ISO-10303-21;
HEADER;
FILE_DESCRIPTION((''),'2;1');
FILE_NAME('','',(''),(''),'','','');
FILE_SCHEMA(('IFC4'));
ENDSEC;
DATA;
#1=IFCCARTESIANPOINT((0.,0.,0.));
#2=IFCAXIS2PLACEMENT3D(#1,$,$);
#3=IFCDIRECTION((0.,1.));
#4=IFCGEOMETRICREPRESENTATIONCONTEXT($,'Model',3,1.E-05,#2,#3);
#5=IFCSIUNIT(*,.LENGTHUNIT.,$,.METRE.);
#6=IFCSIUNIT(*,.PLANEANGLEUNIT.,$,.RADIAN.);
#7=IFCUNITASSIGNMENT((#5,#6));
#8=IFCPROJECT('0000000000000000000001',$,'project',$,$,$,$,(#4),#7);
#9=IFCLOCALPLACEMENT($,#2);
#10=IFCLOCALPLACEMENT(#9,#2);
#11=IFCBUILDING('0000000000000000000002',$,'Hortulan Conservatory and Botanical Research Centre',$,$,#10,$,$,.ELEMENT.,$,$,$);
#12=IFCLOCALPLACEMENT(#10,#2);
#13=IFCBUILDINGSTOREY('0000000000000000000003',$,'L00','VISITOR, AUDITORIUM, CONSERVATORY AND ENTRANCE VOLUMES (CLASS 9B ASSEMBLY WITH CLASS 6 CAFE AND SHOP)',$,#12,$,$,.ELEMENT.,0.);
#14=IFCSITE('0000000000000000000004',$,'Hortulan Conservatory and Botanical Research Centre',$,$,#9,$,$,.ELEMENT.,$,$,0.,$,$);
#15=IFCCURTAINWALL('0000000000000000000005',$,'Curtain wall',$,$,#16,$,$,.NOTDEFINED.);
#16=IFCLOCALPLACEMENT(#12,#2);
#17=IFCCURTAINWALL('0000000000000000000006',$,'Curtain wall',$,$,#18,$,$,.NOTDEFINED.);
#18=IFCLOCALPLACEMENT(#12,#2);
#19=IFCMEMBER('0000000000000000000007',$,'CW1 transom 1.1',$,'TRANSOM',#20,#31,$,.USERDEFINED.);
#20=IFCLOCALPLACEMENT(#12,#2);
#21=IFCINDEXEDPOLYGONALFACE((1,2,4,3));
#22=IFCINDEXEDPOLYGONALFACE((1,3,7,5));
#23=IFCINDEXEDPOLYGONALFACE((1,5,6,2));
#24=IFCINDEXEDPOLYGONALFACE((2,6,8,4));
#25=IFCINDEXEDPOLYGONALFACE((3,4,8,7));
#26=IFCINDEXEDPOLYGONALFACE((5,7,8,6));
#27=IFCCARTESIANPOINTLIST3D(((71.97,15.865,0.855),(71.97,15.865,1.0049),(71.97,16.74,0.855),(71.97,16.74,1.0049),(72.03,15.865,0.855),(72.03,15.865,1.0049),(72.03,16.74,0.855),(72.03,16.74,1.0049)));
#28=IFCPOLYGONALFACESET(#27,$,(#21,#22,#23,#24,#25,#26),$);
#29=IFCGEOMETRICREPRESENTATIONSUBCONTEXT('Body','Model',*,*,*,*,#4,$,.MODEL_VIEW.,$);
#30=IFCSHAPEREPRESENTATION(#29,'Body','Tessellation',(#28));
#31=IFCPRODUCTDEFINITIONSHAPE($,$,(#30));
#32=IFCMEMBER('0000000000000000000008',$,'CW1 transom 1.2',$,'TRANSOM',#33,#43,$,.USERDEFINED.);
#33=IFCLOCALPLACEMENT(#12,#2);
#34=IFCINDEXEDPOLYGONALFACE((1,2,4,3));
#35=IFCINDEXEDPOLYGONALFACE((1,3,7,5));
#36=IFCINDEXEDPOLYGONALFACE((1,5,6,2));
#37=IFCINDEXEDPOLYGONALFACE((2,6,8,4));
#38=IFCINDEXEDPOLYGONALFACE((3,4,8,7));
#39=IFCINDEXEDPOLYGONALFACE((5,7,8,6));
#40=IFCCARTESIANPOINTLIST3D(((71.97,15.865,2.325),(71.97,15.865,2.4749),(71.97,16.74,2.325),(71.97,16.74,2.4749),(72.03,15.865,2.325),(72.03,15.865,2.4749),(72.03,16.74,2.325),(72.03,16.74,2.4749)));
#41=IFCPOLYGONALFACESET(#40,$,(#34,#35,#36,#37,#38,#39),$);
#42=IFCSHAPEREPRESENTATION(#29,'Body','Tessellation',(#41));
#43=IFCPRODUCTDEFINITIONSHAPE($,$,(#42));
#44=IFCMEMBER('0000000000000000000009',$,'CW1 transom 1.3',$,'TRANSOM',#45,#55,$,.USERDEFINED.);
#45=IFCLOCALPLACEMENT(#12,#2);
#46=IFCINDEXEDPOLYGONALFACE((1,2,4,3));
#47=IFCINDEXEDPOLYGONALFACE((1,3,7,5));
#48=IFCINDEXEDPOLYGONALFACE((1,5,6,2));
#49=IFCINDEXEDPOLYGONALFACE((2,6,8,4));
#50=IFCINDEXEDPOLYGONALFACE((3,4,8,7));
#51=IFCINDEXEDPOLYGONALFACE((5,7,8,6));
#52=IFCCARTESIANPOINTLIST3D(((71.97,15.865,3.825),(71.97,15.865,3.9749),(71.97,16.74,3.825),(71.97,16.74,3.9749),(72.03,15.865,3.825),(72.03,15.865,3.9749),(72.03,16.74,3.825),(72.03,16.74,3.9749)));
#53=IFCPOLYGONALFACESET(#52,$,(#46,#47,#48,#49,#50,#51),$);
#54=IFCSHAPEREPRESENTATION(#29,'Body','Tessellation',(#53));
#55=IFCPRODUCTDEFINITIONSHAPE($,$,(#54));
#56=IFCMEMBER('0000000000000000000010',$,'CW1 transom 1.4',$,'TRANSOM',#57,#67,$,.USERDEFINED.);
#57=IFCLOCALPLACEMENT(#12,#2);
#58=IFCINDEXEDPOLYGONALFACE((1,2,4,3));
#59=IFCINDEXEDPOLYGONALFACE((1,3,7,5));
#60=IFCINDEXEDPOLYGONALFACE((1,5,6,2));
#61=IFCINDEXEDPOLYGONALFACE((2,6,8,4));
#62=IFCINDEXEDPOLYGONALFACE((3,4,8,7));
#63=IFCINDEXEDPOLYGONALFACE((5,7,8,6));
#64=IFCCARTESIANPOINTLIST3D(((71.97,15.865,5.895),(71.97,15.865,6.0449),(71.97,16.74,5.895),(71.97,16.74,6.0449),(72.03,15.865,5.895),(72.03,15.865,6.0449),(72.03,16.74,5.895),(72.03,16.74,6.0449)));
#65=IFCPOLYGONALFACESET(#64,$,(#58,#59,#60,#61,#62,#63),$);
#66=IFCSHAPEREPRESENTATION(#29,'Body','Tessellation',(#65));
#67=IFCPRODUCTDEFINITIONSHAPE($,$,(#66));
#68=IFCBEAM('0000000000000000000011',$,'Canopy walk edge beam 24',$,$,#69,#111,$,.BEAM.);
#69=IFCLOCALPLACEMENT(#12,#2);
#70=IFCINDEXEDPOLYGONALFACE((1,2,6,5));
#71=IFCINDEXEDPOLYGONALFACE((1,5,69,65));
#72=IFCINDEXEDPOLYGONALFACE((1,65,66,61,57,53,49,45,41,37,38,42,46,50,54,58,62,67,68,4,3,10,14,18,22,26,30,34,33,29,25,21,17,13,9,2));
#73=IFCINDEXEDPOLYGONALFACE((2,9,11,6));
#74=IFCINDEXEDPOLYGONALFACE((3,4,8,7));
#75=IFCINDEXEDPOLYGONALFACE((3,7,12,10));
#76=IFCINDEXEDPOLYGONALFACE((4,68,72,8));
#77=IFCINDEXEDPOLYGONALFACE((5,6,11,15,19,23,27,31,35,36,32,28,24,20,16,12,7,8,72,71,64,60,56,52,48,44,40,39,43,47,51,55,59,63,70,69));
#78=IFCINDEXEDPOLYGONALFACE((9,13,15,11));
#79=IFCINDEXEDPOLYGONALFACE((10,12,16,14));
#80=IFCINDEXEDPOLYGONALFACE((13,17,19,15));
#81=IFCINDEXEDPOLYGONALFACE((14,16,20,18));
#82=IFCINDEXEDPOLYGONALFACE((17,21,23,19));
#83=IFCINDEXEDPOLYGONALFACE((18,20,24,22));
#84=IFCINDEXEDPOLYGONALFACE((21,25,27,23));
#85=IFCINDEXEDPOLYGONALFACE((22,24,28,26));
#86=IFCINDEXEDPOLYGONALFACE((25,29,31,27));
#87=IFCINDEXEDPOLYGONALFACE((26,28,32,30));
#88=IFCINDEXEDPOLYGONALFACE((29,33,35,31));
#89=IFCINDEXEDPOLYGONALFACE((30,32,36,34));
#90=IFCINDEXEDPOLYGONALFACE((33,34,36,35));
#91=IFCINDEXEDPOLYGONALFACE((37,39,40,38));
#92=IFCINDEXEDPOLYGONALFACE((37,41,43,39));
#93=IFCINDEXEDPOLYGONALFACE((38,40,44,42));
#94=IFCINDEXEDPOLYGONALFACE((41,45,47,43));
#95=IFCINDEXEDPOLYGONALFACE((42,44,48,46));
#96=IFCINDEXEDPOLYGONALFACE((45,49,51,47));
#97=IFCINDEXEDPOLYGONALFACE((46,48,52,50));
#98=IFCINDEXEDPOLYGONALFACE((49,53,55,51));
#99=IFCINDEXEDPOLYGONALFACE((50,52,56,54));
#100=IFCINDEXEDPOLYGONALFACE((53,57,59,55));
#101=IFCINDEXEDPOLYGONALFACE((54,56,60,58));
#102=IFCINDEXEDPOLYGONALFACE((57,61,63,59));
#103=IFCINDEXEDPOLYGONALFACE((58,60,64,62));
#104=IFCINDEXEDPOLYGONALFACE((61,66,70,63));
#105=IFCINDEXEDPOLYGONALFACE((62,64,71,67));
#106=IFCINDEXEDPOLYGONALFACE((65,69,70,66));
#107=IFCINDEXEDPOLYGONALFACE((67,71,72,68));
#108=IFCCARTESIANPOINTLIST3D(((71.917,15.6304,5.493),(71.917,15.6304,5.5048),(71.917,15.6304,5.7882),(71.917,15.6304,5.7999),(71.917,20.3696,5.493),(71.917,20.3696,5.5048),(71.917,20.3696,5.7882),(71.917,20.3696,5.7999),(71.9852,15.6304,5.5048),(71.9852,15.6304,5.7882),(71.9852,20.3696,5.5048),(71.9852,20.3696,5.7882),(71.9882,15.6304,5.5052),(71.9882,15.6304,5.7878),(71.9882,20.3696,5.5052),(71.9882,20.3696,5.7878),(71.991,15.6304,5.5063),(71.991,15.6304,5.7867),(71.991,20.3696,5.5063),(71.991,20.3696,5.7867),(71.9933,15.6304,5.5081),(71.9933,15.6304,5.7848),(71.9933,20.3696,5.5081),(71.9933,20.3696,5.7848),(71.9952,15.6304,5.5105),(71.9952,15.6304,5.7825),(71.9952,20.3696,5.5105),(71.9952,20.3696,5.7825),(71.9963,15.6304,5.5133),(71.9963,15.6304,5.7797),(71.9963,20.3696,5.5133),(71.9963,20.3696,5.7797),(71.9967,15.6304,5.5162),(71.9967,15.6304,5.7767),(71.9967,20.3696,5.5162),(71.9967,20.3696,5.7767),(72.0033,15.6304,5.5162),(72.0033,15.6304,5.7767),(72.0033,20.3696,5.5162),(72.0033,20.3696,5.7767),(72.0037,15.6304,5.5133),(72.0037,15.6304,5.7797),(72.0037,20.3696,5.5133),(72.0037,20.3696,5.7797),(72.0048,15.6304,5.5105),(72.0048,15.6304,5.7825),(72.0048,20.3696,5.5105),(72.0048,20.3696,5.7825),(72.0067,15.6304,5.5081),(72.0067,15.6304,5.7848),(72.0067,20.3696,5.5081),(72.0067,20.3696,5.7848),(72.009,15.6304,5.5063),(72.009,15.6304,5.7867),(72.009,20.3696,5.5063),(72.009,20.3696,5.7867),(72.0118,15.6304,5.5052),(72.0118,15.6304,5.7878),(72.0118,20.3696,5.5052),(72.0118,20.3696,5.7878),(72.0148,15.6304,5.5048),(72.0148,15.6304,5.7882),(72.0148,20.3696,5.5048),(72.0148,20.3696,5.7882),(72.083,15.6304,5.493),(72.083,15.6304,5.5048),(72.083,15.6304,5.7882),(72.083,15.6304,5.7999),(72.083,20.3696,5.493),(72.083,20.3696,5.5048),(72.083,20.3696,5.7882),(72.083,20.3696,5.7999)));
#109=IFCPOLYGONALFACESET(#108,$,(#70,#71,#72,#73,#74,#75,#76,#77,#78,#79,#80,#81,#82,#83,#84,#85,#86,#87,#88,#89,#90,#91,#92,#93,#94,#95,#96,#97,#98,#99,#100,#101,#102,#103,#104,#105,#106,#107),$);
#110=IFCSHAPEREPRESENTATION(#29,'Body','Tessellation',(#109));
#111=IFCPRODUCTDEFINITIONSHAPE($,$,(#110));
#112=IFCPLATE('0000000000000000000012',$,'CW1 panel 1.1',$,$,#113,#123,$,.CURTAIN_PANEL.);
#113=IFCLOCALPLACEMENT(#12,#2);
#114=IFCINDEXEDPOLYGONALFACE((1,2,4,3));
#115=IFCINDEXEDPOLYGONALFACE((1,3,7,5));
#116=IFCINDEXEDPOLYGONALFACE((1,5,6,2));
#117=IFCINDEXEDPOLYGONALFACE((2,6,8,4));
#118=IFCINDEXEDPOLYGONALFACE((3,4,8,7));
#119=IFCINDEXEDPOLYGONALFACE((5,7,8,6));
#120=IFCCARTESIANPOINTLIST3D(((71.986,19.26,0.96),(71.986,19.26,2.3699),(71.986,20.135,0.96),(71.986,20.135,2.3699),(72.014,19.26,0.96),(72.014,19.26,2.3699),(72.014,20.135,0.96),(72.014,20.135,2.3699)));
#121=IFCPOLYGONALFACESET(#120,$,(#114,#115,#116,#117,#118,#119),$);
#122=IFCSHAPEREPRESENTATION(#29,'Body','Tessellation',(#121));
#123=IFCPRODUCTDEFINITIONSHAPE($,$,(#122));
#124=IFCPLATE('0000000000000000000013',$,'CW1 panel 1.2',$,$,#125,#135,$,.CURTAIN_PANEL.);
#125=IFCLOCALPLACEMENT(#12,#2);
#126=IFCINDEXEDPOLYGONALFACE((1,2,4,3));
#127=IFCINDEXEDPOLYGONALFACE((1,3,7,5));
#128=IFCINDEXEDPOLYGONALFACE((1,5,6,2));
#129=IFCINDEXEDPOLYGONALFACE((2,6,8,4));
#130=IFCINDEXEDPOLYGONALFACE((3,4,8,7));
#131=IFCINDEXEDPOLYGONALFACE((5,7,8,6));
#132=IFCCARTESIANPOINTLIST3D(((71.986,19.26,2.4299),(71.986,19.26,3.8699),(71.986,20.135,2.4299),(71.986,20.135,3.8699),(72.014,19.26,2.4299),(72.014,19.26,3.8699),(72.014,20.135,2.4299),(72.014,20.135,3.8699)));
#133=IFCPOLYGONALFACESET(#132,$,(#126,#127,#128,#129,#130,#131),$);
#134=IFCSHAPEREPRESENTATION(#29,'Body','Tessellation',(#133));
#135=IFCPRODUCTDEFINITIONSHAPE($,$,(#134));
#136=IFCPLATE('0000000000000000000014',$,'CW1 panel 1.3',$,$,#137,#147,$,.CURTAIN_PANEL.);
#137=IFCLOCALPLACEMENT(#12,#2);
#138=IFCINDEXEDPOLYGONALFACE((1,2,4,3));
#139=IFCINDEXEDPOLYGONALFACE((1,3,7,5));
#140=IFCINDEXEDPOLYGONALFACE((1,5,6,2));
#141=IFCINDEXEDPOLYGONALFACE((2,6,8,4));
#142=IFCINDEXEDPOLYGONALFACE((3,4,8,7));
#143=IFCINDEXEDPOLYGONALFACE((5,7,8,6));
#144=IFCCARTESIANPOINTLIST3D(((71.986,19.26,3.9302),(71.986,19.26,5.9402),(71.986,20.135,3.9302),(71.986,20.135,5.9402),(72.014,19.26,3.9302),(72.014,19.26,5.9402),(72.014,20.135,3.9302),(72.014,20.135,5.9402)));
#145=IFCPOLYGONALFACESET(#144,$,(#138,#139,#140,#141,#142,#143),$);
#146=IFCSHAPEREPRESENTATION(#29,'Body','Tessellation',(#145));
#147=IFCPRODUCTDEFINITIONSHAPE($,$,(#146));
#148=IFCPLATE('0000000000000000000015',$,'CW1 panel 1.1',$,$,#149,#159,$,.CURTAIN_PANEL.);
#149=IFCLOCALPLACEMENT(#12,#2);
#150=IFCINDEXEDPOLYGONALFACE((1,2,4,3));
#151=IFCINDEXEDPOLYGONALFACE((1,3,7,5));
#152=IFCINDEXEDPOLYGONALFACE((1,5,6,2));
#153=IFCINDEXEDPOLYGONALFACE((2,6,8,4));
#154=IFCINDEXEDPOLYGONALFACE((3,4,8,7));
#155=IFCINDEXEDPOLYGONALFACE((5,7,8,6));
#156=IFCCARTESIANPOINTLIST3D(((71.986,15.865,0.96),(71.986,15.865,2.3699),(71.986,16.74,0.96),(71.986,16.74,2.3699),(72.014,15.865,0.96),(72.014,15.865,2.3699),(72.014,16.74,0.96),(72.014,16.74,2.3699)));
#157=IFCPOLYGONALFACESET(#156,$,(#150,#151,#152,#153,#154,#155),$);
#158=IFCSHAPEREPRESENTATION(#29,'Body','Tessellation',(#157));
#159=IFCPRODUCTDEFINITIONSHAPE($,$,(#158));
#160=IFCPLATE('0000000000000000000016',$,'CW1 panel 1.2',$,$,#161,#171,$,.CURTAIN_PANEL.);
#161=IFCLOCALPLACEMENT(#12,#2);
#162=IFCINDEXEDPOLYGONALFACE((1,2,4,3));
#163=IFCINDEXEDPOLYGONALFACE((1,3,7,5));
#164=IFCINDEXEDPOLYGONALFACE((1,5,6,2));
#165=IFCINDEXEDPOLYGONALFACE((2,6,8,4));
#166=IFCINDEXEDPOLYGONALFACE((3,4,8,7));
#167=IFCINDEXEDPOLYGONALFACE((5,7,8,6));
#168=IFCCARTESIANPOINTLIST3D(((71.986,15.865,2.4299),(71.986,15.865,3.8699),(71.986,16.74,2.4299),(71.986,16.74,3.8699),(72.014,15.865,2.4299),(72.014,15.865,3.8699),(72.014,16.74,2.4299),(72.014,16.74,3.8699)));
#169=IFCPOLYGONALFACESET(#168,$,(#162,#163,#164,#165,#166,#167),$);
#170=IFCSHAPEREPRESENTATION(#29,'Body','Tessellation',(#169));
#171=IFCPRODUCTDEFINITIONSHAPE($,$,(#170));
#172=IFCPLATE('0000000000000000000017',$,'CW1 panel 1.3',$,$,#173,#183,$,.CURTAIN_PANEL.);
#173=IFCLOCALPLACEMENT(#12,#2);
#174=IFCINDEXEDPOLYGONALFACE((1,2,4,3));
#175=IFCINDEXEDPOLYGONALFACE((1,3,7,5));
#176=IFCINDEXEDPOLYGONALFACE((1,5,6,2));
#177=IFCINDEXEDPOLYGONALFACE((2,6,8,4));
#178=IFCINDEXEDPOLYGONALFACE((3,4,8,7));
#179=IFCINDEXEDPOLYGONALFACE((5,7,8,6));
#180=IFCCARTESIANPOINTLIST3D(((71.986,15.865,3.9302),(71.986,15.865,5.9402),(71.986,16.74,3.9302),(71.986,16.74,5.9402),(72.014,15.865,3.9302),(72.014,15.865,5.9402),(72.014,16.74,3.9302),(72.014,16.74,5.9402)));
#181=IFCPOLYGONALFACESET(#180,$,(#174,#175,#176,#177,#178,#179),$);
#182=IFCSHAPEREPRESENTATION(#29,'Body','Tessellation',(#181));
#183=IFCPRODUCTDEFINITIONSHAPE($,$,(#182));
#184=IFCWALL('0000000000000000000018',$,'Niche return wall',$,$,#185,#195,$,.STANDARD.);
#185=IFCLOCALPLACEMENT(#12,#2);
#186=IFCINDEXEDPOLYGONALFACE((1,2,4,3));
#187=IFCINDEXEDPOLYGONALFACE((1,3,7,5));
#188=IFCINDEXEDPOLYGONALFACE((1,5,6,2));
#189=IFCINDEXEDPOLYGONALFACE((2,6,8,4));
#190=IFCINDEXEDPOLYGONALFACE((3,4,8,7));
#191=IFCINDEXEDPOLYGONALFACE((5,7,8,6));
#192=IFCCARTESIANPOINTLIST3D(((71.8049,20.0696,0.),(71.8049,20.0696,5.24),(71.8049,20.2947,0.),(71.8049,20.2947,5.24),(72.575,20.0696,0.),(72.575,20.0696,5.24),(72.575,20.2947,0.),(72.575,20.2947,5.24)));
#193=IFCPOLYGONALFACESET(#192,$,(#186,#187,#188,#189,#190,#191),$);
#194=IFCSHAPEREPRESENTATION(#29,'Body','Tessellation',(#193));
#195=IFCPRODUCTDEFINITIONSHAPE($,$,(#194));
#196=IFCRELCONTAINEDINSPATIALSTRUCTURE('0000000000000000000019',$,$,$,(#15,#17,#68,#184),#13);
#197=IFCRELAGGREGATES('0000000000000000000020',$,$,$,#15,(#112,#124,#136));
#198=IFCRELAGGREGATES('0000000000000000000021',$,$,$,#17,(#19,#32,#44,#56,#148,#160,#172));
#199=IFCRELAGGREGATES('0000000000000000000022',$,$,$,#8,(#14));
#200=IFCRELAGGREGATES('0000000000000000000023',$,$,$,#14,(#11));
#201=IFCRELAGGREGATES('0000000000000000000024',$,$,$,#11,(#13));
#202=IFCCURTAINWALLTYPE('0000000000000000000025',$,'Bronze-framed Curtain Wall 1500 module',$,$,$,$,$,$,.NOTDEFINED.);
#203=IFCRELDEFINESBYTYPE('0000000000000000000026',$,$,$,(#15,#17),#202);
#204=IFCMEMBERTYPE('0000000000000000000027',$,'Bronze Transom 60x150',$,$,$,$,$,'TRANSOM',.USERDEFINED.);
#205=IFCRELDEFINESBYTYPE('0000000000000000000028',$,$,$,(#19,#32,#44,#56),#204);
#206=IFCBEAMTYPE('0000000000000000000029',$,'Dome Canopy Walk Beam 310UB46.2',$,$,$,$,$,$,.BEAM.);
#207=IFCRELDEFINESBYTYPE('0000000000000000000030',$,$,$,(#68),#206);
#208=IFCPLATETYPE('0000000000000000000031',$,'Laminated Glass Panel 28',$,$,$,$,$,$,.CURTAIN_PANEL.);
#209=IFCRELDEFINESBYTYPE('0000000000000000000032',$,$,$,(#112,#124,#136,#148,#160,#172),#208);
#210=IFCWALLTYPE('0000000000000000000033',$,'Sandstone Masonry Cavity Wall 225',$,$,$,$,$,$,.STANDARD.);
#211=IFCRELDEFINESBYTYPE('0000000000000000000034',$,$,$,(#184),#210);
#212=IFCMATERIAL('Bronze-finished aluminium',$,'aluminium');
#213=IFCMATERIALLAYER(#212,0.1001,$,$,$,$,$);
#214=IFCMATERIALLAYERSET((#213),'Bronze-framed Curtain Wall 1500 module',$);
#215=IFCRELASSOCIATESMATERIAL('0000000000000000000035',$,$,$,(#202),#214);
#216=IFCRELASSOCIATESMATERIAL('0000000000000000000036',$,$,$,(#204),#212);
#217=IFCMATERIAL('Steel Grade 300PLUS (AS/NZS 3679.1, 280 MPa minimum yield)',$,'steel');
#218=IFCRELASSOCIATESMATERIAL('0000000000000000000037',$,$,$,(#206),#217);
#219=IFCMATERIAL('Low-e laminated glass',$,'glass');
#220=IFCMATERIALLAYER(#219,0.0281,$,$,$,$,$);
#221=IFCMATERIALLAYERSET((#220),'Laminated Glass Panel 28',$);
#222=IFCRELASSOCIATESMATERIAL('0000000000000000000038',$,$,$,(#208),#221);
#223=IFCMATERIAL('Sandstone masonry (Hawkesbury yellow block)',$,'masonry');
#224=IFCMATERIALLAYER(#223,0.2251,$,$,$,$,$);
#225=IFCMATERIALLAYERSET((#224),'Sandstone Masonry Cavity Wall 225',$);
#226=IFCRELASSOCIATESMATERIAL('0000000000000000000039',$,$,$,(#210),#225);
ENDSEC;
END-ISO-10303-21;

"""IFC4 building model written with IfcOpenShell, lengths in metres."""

from ifc_helpers import new_model, si_unit, direction, frame, frame_2d, origin, origin_2d, place, context, subcontext, project, spatial, rectangle, i_section, extrude, material, layer, layer_set, material_profile, profile_set, type_object, element, aggregate, save


model = new_model("IFC4")

# Units and contexts
model_context = context("Model", 3, precision=1e-05, world=origin(), true_north=direction((0.0, 1.0)))
body_context = subcontext(model_context, "Body", "Model", "MODEL_VIEW")
ifc_project = project(units=[si_unit("LENGTHUNIT", "METRE"), si_unit("PLANEANGLEUNIT", "RADIAN")], contexts=[model_context])

# Site, building, storey
site_placement = place(None, origin())
site = spatial("IfcSite", under=ifc_project, at=site_placement, Name="Hortulan Conservatory and Botanical Research Centre", CompositionType="ELEMENT", RefElevation=0.0)
building_placement = place(site_placement, origin())
building = spatial("IfcBuilding", under=site, at=building_placement, Name="Hortulan Conservatory and Botanical Research Centre", CompositionType="ELEMENT")
storey_placement = place(building_placement, origin())
storey = spatial("IfcBuildingStorey", under=building, at=storey_placement, Name="L00", Description="VISITOR, AUDITORIUM, CONSERVATORY AND ENTRANCE VOLUMES (CLASS 9B ASSEMBLY WITH CLASS 6 CAFE AND SHOP)", CompositionType="ELEMENT", Elevation=0.0)

# Curtain wall
ifc_material_1 = material(Name="Bronze-finished aluminium", Category="aluminium")
ifc_layer_1 = layer(ifc_material_1, 0.1001)
ifc_layer_set_1 = layer_set([ifc_layer_1], Name="Bronze-framed Curtain Wall 1500 module")
curtain_wall_type = type_object("IfcCurtainWallType", Name="Bronze-framed Curtain Wall 1500 module", PredefinedType="NOTDEFINED", material=ifc_layer_set_1)
curtain_wall_1_placement = place(storey_placement, origin())
curtain_wall_1 = element("IfcCurtainWall", 1, at=curtain_wall_1_placement, inside=storey, type_object=curtain_wall_type, Name="Curtain wall", PredefinedType="NOTDEFINED")

# Curtain wall
curtain_wall_2_placement = place(storey_placement, origin())
curtain_wall_2 = element("IfcCurtainWall", 2, at=curtain_wall_2_placement, inside=storey, type_object=curtain_wall_type, Name="Curtain wall", PredefinedType="NOTDEFINED")

# Members
ifc_material_profile_1 = material_profile(ifc_material_1, rectangle(XDim=0.0601, YDim=0.1499, at=origin_2d()), Name="Bronze Transom 60x150")
ifc_profile_set_1 = profile_set([ifc_material_profile_1], Name="Bronze-finished aluminium")
member_type_1 = type_object("IfcMemberType", Name="Bronze Transom 60x150", ElementType="TRANSOM", PredefinedType="USERDEFINED", material=ifc_profile_set_1)
member_1_placement = place(storey_placement, frame((72.0, 16.74, 0.9299), z_axis=(0.0, -1.0, 0.0), x_axis=(1.0, 0.0, 0.0)))
member_1 = element("IfcMember", 3, at=member_1_placement, type_object=member_type_1, Name="CW1 transom 1.1", ObjectType="TRANSOM", PredefinedType="USERDEFINED", context=body_context, shape_type="SweptSolid", body=[
    extrude(rectangle(XDim=0.0601, YDim=0.1499, at=origin_2d()), origin(), (0.0, 0.0, 1.0), 0.875),
])
member_2_placement = place(storey_placement, frame((72.0, 16.74, 2.3999), z_axis=(0.0, -1.0, 0.0), x_axis=(1.0, 0.0, 0.0)))
member_2 = element("IfcMember", 4, at=member_2_placement, type_object=member_type_1, Name="CW1 transom 1.2", ObjectType="TRANSOM", PredefinedType="USERDEFINED", context=body_context, shape_type="SweptSolid", body=[
    extrude(rectangle(XDim=0.0601, YDim=0.1499, at=origin_2d()), origin(), (0.0, 0.0, 1.0), 0.875),
])
member_3_placement = place(storey_placement, frame((72.0, 16.74, 3.8999), z_axis=(0.0, -1.0, 0.0), x_axis=(1.0, 0.0, 0.0)))
member_3 = element("IfcMember", 5, at=member_3_placement, type_object=member_type_1, Name="CW1 transom 1.3", ObjectType="TRANSOM", PredefinedType="USERDEFINED", context=body_context, shape_type="SweptSolid", body=[
    extrude(rectangle(XDim=0.0601, YDim=0.1499, at=origin_2d()), origin(), (0.0, 0.0, 1.0), 0.875),
])
member_4_placement = place(storey_placement, frame((72.0, 16.74, 5.97), z_axis=(0.0, -1.0, 0.0), x_axis=(1.0, 0.0, 0.0)))
member_4 = element("IfcMember", 6, at=member_4_placement, type_object=member_type_1, Name="CW1 transom 1.4", ObjectType="TRANSOM", PredefinedType="USERDEFINED", context=body_context, shape_type="SweptSolid", body=[
    extrude(rectangle(XDim=0.0601, YDim=0.1499, at=origin_2d()), origin(), (0.0, 0.0, 1.0), 0.875),
])

# Beam
ifc_material_2 = material(Name="Steel Grade 300PLUS (AS/NZS 3679.1, 280 MPa minimum yield)", Category="steel")
ifc_material_profile_2 = material_profile(ifc_material_2, i_section(OverallWidth=0.166, OverallDepth=0.3069, WebThickness=0.0066, FlangeThickness=0.0117, FilletRadius=0.0115, at=origin_2d()), Name="310UB46.2")
ifc_profile_set_2 = profile_set([ifc_material_profile_2], Name="Steel Grade 300PLUS (AS/NZS 3679.1, 280 MPa minimum yield)")
beam_type = type_object("IfcBeamType", Name="Dome Canopy Walk Beam 310UB46.2", PredefinedType="BEAM", material=ifc_profile_set_2)
beam_placement = place(storey_placement, frame((72.0, 15.6304, 5.6465), z_axis=(0.0, 1.0, 0.0), x_axis=(-1.0, 0.0, 0.0)))
element("IfcBeam", 7, at=beam_placement, inside=storey, type_object=beam_type, Name="Canopy walk edge beam 24", PredefinedType="BEAM", context=body_context, shape_type="SweptSolid", body=[
    extrude(i_section(OverallWidth=0.166, OverallDepth=0.3069, WebThickness=0.0066, FlangeThickness=0.0117, FilletRadius=0.0115, at=origin_2d()), origin(), (0.0, 0.0, 1.0), 4.7393),
])

# Plates
ifc_material_3 = material(Name="Low-e laminated glass", Category="glass")
ifc_layer_2 = layer(ifc_material_3, 0.0281)
ifc_layer_set_2 = layer_set([ifc_layer_2], Name="Laminated Glass Panel 28")
plate_type = type_object("IfcPlateType", Name="Laminated Glass Panel 28", PredefinedType="CURTAIN_PANEL", material=ifc_layer_set_2)
plate_1_placement = place(storey_placement, frame((72.0, 19.6975, 0.96), z_axis=(0.0, 0.0, 1.0), x_axis=(0.0, -1.0, 0.0)))
plate_1 = element("IfcPlate", 8, at=plate_1_placement, type_object=plate_type, Name="CW1 panel 1.1", PredefinedType="CURTAIN_PANEL", context=body_context, shape_type="SweptSolid", body=[
    extrude(rectangle(XDim=0.875, YDim=0.0281, at=origin_2d()), origin(), (0.0, 0.0, 1.0), 1.4099),
])
plate_2_placement = place(storey_placement, frame((72.0, 19.6975, 2.4299), z_axis=(0.0, 0.0, 1.0), x_axis=(0.0, -1.0, 0.0)))
plate_2 = element("IfcPlate", 9, at=plate_2_placement, type_object=plate_type, Name="CW1 panel 1.2", PredefinedType="CURTAIN_PANEL", context=body_context, shape_type="SweptSolid", body=[
    extrude(rectangle(XDim=0.875, YDim=0.0281, at=origin_2d()), origin(), (0.0, 0.0, 1.0), 1.4399),
])
plate_3_placement = place(storey_placement, frame((72.0, 19.6975, 3.9302), z_axis=(0.0, 0.0, 1.0), x_axis=(0.0, -1.0, 0.0)))
plate_3 = element("IfcPlate", 10, at=plate_3_placement, type_object=plate_type, Name="CW1 panel 1.3", PredefinedType="CURTAIN_PANEL", context=body_context, shape_type="SweptSolid", body=[
    extrude(rectangle(XDim=0.875, YDim=0.0281, at=origin_2d()), origin(), (0.0, 0.0, 1.0), 2.01),
])
aggregate(curtain_wall_1, [plate_1, plate_2, plate_3])
plate_4_placement = place(storey_placement, frame((72.0, 16.3025, 0.96), z_axis=(0.0, 0.0, 1.0), x_axis=(0.0, -1.0, 0.0)))
plate_4 = element("IfcPlate", 11, at=plate_4_placement, type_object=plate_type, Name="CW1 panel 1.1", PredefinedType="CURTAIN_PANEL", context=body_context, shape_type="SweptSolid", body=[
    extrude(rectangle(XDim=0.875, YDim=0.0281, at=origin_2d()), origin(), (0.0, 0.0, 1.0), 1.4099),
])
plate_5_placement = place(storey_placement, frame((72.0, 16.3025, 2.4299), z_axis=(0.0, 0.0, 1.0), x_axis=(0.0, -1.0, 0.0)))
plate_5 = element("IfcPlate", 12, at=plate_5_placement, type_object=plate_type, Name="CW1 panel 1.2", PredefinedType="CURTAIN_PANEL", context=body_context, shape_type="SweptSolid", body=[
    extrude(rectangle(XDim=0.875, YDim=0.0281, at=origin_2d()), origin(), (0.0, 0.0, 1.0), 1.4399),
])
plate_6_placement = place(storey_placement, frame((72.0, 16.3025, 3.9302), z_axis=(0.0, 0.0, 1.0), x_axis=(0.0, -1.0, 0.0)))
plate_6 = element("IfcPlate", 13, at=plate_6_placement, type_object=plate_type, Name="CW1 panel 1.3", PredefinedType="CURTAIN_PANEL", context=body_context, shape_type="SweptSolid", body=[
    extrude(rectangle(XDim=0.875, YDim=0.0281, at=origin_2d()), origin(), (0.0, 0.0, 1.0), 2.01),
])
aggregate(curtain_wall_2, [member_1, member_2, member_3, member_4, plate_4, plate_5, plate_6])

# Wall
ifc_material_4 = material(Name="Sandstone masonry (Hawkesbury yellow block)", Category="masonry")
ifc_layer_3 = layer(ifc_material_4, 0.2251)
ifc_layer_set_3 = layer_set([ifc_layer_3], Name="Sandstone Masonry Cavity Wall 225")
wall_type_1 = type_object("IfcWallType", Name="Sandstone Masonry Cavity Wall 225", PredefinedType="STANDARD", material=ifc_layer_set_3)
wall_1_placement = place(storey_placement, frame((71.8049, 20.1821, 0.0), z_axis=(0.0, 0.0, 1.0), x_axis=(1.0, 0.0, 0.0)))
element("IfcWall", 14, at=wall_1_placement, inside=storey, type_object=wall_type_1, Name="Niche return wall", PredefinedType="STANDARD", context=body_context, shape_type="SweptSolid", body=[
    extrude(rectangle(XDim=0.77, YDim=0.2251, at=frame_2d((0.385, 0.0))), origin(), (0.0, 0.0, 1.0), 5.24),
])

save(model, "model.ifc")
